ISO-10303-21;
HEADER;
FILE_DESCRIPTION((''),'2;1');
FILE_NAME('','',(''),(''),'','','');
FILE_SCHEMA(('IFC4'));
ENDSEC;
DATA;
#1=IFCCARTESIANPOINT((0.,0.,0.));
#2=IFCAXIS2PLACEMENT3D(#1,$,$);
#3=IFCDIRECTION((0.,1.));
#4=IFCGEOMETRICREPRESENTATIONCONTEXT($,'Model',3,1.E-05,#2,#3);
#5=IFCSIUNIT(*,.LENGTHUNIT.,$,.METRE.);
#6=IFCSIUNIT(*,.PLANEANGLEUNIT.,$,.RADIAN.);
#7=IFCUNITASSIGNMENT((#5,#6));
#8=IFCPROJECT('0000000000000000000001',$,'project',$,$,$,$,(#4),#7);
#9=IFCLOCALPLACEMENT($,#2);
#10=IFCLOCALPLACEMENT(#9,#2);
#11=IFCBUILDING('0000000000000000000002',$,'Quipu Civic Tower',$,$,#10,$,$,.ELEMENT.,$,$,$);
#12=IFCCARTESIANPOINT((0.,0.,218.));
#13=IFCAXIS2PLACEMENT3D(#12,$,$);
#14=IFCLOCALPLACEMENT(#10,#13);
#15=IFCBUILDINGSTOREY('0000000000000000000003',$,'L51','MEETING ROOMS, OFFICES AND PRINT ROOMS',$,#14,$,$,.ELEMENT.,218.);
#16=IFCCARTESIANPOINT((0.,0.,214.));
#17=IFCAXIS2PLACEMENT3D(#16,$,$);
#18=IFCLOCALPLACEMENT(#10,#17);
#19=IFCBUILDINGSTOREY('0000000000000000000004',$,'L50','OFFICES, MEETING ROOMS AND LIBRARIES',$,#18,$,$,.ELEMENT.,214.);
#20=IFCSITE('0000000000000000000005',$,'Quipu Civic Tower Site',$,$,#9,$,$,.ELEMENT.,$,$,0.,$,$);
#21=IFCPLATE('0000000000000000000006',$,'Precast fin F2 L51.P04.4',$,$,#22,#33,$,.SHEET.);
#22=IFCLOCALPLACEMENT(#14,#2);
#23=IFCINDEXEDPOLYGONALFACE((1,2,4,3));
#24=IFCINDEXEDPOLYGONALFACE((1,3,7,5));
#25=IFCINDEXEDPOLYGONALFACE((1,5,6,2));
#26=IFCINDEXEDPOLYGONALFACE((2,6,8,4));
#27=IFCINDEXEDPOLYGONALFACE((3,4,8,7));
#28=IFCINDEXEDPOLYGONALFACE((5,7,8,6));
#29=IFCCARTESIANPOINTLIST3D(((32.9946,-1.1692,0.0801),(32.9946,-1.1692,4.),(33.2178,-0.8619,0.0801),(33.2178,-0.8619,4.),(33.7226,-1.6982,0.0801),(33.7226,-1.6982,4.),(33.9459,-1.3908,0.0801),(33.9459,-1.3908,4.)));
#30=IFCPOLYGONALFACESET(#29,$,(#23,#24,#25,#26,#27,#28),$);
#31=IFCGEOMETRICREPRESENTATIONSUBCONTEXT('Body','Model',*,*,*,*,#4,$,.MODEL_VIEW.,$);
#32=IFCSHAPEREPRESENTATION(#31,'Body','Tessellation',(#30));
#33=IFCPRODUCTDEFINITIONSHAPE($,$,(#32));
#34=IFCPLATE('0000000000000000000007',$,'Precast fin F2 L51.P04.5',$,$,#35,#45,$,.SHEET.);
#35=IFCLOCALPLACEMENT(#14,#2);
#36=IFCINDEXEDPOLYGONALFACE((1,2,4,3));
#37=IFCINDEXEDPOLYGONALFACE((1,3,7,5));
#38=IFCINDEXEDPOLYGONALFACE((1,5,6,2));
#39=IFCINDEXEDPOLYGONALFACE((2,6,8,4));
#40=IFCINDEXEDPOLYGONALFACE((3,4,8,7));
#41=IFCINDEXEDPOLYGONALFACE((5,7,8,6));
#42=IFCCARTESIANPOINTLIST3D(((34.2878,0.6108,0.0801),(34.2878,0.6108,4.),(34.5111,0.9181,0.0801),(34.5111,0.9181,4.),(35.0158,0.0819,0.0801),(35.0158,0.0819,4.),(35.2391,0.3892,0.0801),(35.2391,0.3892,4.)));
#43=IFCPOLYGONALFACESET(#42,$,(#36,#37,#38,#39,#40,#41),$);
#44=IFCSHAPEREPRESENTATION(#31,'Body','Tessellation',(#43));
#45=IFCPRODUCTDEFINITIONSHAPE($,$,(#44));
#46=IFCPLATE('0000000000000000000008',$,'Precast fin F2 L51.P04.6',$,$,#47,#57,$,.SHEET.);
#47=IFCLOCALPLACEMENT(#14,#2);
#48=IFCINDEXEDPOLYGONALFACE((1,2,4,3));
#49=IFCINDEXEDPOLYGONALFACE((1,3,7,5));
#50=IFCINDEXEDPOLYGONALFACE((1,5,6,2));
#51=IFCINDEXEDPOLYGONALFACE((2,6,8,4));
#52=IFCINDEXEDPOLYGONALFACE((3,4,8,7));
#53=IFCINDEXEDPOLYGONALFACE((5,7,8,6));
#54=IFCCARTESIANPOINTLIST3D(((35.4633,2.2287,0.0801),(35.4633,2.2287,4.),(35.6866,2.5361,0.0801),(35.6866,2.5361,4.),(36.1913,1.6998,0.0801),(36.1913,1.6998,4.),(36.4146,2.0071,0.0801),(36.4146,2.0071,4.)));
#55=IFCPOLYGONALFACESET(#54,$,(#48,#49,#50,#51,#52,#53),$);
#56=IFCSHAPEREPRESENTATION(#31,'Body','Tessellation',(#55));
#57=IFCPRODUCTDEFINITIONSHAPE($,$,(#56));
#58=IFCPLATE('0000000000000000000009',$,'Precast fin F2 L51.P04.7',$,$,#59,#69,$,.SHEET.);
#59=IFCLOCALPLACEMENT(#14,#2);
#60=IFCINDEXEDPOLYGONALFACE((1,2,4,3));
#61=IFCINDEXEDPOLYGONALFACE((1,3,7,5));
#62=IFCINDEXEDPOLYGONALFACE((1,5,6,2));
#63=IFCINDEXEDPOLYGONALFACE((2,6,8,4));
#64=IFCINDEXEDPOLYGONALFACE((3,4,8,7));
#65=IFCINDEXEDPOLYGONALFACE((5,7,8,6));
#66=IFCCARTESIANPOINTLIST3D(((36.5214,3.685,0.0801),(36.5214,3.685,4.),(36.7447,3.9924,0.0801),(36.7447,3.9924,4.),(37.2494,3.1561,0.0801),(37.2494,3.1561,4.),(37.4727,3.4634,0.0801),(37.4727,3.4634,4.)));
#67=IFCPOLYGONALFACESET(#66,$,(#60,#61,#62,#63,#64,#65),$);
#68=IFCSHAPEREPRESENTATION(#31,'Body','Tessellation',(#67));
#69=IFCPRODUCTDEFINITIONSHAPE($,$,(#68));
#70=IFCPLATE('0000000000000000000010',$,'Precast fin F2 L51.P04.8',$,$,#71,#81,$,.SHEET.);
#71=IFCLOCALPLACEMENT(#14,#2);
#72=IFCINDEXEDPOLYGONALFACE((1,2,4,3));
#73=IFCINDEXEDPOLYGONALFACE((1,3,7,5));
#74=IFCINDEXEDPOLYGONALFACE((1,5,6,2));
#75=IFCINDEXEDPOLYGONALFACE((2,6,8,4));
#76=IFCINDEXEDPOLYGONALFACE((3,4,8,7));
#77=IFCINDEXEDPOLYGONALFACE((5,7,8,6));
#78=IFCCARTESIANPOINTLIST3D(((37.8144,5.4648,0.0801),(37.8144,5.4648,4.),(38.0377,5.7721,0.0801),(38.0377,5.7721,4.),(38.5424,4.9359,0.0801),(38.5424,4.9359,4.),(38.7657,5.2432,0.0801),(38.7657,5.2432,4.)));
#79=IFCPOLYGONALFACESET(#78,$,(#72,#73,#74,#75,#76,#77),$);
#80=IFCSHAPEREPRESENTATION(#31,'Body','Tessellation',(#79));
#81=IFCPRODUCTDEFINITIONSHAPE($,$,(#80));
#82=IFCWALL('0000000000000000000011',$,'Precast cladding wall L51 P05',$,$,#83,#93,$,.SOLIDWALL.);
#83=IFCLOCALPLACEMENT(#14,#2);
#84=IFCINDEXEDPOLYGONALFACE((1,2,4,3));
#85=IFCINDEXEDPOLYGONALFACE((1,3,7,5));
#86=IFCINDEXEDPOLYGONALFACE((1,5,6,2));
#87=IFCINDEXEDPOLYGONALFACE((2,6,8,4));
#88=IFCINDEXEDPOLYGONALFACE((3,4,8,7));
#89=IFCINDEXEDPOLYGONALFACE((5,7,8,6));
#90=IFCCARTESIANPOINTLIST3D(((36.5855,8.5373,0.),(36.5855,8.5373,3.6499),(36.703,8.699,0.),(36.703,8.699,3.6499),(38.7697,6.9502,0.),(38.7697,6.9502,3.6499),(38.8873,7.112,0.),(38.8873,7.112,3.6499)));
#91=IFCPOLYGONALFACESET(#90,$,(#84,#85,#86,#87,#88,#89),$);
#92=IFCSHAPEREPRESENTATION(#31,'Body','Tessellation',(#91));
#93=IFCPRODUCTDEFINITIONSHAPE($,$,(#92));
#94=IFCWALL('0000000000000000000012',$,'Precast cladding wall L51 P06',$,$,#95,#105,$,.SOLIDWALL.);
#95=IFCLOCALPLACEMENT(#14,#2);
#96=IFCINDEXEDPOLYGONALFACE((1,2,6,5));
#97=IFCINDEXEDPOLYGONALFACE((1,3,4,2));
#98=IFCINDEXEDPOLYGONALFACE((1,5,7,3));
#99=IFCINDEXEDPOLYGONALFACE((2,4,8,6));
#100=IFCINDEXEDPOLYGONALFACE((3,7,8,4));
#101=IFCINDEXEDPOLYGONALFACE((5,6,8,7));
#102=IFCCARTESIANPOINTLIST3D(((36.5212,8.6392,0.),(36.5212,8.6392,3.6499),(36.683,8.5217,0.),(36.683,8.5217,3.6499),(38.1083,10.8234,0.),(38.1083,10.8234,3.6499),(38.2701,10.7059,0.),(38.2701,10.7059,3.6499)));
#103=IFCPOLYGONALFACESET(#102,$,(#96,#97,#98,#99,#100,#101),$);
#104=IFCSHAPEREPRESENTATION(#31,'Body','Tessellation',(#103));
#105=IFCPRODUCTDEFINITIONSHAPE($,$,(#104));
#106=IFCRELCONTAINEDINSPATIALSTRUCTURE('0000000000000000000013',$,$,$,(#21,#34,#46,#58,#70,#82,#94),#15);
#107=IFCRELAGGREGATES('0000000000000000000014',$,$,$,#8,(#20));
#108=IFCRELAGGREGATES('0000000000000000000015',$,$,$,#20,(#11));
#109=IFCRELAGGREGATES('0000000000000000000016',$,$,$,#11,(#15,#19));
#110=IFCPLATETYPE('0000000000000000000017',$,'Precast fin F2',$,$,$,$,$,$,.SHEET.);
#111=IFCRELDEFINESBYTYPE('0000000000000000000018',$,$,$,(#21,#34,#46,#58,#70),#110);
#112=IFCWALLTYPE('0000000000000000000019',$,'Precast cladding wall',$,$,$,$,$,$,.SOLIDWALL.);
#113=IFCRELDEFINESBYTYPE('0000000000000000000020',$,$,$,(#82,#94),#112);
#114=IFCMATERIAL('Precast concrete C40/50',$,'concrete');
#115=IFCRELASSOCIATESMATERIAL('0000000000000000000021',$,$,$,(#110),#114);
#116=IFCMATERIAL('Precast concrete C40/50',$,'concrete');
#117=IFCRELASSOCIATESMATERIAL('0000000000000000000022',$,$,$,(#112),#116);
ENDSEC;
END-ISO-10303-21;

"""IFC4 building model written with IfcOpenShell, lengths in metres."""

from ifc_helpers import new_model, si_unit, direction, frame, frame_2d, origin, origin_2d, place, context, subcontext, project, spatial, rectangle, extrude, material, type_object, element, save


model = new_model("IFC4")

# Units and contexts
model_context = context("Model", 3, precision=1e-05, world=origin(), true_north=direction((0.0, 1.0)))
body_context = subcontext(model_context, "Body", "Model", "MODEL_VIEW")
ifc_project = project(units=[si_unit("LENGTHUNIT", "METRE"), si_unit("PLANEANGLEUNIT", "RADIAN")], contexts=[model_context])

# Site, building, storey
site_placement = place(None, origin())
site = spatial("IfcSite", under=ifc_project, at=site_placement, Name="Quipu Civic Tower Site", CompositionType="ELEMENT", RefElevation=0.0)
building_placement = place(site_placement, origin())
building = spatial("IfcBuilding", under=site, at=building_placement, Name="Quipu Civic Tower", CompositionType="ELEMENT")
storey_1_placement = place(building_placement, frame((0.0, 0.0, 218.0)))
storey_1 = spatial("IfcBuildingStorey", under=building, at=storey_1_placement, Name="L51", Description="MEETING ROOMS, OFFICES AND PRINT ROOMS", CompositionType="ELEMENT", Elevation=218.0)

# Shared definitions
storey_2_placement = place(building_placement, frame((0.0, 0.0, 214.0)))
storey_2 = spatial("IfcBuildingStorey", under=building, at=storey_2_placement, Name="L50", Description="OFFICES, MEETING ROOMS AND LIBRARIES", CompositionType="ELEMENT", Elevation=214.0)

# Plates
ifc_material_1 = material(Name="Precast concrete C40/50", Category="concrete")
plate_type_1 = type_object("IfcPlateType", Name="Precast fin F2", PredefinedType="SHEET", material=ifc_material_1)
for number, where, z_axis, x_axis, name in (
    (1, (33.4702, -1.28, 0.0801), (0.0, 0.0, 1.0), (0.587787, 0.809016, 0.0), "Precast fin F2 L51.P04.4"),
    (2, (34.7634, 0.5, 0.0801), (0.0, 0.0, 1.0), (0.587787, 0.809016, 0.0), "Precast fin F2 L51.P04.5"),
    (3, (35.939, 2.1179, 0.0801), (0.0, 0.0, 1.0), (0.587787, 0.809016, 0.0), "Precast fin F2 L51.P04.6"),
    (4, (36.9971, 3.5742, 0.0801), (0.0, 0.0, 1.0), (0.587787, 0.809016, 0.0), "Precast fin F2 L51.P04.7"),
    (5, (38.29, 5.354, 0.0801), (0.0, 0.0, 1.0), (0.587787, 0.809016, 0.0), "Precast fin F2 L51.P04.8"),
):
    element("IfcPlate", number, at=place(storey_1_placement, frame(where, z_axis=z_axis, x_axis=x_axis)), inside=storey_1, type_object=plate_type_1, Name=name, PredefinedType="SHEET", context=body_context, shape_type="SweptSolid", body=[
        extrude(rectangle(XDim=0.3799, YDim=0.8999, at=origin_2d()), origin(), (0.0, 0.0, 1.0), 3.9199),
    ])

# Walls
ifc_material_2 = material(Name="Precast concrete C40/50", Category="concrete")
wall_type = type_object("IfcWallType", Name="Precast cladding wall", PredefinedType="SOLIDWALL", material=ifc_material_2)
for number, where, z_axis, x_axis, name in (
    (6, (38.8286, 7.031, 0.0), (0.0, 0.0, 1.0), (-0.80899, 0.587822, 0.0), "Precast cladding wall L51 P05"),
    (7, (36.6021, 8.5803, 0.0), (0.0, 0.0, 1.0), (0.587822, 0.80899, 0.0), "Precast cladding wall L51 P06"),
):
    element("IfcWall", number, at=place(storey_1_placement, frame(where, z_axis=z_axis, x_axis=x_axis)), inside=storey_1, type_object=wall_type, Name=name, PredefinedType="SOLIDWALL", context=body_context, shape_type="SweptSolid", body=[
        extrude(rectangle(XDim=2.7, YDim=0.2, at=frame_2d((1.3501, 0.0))), origin(), (0.0, 0.0, 1.0), 3.6499),
    ])

save(model, "model.ifc")
